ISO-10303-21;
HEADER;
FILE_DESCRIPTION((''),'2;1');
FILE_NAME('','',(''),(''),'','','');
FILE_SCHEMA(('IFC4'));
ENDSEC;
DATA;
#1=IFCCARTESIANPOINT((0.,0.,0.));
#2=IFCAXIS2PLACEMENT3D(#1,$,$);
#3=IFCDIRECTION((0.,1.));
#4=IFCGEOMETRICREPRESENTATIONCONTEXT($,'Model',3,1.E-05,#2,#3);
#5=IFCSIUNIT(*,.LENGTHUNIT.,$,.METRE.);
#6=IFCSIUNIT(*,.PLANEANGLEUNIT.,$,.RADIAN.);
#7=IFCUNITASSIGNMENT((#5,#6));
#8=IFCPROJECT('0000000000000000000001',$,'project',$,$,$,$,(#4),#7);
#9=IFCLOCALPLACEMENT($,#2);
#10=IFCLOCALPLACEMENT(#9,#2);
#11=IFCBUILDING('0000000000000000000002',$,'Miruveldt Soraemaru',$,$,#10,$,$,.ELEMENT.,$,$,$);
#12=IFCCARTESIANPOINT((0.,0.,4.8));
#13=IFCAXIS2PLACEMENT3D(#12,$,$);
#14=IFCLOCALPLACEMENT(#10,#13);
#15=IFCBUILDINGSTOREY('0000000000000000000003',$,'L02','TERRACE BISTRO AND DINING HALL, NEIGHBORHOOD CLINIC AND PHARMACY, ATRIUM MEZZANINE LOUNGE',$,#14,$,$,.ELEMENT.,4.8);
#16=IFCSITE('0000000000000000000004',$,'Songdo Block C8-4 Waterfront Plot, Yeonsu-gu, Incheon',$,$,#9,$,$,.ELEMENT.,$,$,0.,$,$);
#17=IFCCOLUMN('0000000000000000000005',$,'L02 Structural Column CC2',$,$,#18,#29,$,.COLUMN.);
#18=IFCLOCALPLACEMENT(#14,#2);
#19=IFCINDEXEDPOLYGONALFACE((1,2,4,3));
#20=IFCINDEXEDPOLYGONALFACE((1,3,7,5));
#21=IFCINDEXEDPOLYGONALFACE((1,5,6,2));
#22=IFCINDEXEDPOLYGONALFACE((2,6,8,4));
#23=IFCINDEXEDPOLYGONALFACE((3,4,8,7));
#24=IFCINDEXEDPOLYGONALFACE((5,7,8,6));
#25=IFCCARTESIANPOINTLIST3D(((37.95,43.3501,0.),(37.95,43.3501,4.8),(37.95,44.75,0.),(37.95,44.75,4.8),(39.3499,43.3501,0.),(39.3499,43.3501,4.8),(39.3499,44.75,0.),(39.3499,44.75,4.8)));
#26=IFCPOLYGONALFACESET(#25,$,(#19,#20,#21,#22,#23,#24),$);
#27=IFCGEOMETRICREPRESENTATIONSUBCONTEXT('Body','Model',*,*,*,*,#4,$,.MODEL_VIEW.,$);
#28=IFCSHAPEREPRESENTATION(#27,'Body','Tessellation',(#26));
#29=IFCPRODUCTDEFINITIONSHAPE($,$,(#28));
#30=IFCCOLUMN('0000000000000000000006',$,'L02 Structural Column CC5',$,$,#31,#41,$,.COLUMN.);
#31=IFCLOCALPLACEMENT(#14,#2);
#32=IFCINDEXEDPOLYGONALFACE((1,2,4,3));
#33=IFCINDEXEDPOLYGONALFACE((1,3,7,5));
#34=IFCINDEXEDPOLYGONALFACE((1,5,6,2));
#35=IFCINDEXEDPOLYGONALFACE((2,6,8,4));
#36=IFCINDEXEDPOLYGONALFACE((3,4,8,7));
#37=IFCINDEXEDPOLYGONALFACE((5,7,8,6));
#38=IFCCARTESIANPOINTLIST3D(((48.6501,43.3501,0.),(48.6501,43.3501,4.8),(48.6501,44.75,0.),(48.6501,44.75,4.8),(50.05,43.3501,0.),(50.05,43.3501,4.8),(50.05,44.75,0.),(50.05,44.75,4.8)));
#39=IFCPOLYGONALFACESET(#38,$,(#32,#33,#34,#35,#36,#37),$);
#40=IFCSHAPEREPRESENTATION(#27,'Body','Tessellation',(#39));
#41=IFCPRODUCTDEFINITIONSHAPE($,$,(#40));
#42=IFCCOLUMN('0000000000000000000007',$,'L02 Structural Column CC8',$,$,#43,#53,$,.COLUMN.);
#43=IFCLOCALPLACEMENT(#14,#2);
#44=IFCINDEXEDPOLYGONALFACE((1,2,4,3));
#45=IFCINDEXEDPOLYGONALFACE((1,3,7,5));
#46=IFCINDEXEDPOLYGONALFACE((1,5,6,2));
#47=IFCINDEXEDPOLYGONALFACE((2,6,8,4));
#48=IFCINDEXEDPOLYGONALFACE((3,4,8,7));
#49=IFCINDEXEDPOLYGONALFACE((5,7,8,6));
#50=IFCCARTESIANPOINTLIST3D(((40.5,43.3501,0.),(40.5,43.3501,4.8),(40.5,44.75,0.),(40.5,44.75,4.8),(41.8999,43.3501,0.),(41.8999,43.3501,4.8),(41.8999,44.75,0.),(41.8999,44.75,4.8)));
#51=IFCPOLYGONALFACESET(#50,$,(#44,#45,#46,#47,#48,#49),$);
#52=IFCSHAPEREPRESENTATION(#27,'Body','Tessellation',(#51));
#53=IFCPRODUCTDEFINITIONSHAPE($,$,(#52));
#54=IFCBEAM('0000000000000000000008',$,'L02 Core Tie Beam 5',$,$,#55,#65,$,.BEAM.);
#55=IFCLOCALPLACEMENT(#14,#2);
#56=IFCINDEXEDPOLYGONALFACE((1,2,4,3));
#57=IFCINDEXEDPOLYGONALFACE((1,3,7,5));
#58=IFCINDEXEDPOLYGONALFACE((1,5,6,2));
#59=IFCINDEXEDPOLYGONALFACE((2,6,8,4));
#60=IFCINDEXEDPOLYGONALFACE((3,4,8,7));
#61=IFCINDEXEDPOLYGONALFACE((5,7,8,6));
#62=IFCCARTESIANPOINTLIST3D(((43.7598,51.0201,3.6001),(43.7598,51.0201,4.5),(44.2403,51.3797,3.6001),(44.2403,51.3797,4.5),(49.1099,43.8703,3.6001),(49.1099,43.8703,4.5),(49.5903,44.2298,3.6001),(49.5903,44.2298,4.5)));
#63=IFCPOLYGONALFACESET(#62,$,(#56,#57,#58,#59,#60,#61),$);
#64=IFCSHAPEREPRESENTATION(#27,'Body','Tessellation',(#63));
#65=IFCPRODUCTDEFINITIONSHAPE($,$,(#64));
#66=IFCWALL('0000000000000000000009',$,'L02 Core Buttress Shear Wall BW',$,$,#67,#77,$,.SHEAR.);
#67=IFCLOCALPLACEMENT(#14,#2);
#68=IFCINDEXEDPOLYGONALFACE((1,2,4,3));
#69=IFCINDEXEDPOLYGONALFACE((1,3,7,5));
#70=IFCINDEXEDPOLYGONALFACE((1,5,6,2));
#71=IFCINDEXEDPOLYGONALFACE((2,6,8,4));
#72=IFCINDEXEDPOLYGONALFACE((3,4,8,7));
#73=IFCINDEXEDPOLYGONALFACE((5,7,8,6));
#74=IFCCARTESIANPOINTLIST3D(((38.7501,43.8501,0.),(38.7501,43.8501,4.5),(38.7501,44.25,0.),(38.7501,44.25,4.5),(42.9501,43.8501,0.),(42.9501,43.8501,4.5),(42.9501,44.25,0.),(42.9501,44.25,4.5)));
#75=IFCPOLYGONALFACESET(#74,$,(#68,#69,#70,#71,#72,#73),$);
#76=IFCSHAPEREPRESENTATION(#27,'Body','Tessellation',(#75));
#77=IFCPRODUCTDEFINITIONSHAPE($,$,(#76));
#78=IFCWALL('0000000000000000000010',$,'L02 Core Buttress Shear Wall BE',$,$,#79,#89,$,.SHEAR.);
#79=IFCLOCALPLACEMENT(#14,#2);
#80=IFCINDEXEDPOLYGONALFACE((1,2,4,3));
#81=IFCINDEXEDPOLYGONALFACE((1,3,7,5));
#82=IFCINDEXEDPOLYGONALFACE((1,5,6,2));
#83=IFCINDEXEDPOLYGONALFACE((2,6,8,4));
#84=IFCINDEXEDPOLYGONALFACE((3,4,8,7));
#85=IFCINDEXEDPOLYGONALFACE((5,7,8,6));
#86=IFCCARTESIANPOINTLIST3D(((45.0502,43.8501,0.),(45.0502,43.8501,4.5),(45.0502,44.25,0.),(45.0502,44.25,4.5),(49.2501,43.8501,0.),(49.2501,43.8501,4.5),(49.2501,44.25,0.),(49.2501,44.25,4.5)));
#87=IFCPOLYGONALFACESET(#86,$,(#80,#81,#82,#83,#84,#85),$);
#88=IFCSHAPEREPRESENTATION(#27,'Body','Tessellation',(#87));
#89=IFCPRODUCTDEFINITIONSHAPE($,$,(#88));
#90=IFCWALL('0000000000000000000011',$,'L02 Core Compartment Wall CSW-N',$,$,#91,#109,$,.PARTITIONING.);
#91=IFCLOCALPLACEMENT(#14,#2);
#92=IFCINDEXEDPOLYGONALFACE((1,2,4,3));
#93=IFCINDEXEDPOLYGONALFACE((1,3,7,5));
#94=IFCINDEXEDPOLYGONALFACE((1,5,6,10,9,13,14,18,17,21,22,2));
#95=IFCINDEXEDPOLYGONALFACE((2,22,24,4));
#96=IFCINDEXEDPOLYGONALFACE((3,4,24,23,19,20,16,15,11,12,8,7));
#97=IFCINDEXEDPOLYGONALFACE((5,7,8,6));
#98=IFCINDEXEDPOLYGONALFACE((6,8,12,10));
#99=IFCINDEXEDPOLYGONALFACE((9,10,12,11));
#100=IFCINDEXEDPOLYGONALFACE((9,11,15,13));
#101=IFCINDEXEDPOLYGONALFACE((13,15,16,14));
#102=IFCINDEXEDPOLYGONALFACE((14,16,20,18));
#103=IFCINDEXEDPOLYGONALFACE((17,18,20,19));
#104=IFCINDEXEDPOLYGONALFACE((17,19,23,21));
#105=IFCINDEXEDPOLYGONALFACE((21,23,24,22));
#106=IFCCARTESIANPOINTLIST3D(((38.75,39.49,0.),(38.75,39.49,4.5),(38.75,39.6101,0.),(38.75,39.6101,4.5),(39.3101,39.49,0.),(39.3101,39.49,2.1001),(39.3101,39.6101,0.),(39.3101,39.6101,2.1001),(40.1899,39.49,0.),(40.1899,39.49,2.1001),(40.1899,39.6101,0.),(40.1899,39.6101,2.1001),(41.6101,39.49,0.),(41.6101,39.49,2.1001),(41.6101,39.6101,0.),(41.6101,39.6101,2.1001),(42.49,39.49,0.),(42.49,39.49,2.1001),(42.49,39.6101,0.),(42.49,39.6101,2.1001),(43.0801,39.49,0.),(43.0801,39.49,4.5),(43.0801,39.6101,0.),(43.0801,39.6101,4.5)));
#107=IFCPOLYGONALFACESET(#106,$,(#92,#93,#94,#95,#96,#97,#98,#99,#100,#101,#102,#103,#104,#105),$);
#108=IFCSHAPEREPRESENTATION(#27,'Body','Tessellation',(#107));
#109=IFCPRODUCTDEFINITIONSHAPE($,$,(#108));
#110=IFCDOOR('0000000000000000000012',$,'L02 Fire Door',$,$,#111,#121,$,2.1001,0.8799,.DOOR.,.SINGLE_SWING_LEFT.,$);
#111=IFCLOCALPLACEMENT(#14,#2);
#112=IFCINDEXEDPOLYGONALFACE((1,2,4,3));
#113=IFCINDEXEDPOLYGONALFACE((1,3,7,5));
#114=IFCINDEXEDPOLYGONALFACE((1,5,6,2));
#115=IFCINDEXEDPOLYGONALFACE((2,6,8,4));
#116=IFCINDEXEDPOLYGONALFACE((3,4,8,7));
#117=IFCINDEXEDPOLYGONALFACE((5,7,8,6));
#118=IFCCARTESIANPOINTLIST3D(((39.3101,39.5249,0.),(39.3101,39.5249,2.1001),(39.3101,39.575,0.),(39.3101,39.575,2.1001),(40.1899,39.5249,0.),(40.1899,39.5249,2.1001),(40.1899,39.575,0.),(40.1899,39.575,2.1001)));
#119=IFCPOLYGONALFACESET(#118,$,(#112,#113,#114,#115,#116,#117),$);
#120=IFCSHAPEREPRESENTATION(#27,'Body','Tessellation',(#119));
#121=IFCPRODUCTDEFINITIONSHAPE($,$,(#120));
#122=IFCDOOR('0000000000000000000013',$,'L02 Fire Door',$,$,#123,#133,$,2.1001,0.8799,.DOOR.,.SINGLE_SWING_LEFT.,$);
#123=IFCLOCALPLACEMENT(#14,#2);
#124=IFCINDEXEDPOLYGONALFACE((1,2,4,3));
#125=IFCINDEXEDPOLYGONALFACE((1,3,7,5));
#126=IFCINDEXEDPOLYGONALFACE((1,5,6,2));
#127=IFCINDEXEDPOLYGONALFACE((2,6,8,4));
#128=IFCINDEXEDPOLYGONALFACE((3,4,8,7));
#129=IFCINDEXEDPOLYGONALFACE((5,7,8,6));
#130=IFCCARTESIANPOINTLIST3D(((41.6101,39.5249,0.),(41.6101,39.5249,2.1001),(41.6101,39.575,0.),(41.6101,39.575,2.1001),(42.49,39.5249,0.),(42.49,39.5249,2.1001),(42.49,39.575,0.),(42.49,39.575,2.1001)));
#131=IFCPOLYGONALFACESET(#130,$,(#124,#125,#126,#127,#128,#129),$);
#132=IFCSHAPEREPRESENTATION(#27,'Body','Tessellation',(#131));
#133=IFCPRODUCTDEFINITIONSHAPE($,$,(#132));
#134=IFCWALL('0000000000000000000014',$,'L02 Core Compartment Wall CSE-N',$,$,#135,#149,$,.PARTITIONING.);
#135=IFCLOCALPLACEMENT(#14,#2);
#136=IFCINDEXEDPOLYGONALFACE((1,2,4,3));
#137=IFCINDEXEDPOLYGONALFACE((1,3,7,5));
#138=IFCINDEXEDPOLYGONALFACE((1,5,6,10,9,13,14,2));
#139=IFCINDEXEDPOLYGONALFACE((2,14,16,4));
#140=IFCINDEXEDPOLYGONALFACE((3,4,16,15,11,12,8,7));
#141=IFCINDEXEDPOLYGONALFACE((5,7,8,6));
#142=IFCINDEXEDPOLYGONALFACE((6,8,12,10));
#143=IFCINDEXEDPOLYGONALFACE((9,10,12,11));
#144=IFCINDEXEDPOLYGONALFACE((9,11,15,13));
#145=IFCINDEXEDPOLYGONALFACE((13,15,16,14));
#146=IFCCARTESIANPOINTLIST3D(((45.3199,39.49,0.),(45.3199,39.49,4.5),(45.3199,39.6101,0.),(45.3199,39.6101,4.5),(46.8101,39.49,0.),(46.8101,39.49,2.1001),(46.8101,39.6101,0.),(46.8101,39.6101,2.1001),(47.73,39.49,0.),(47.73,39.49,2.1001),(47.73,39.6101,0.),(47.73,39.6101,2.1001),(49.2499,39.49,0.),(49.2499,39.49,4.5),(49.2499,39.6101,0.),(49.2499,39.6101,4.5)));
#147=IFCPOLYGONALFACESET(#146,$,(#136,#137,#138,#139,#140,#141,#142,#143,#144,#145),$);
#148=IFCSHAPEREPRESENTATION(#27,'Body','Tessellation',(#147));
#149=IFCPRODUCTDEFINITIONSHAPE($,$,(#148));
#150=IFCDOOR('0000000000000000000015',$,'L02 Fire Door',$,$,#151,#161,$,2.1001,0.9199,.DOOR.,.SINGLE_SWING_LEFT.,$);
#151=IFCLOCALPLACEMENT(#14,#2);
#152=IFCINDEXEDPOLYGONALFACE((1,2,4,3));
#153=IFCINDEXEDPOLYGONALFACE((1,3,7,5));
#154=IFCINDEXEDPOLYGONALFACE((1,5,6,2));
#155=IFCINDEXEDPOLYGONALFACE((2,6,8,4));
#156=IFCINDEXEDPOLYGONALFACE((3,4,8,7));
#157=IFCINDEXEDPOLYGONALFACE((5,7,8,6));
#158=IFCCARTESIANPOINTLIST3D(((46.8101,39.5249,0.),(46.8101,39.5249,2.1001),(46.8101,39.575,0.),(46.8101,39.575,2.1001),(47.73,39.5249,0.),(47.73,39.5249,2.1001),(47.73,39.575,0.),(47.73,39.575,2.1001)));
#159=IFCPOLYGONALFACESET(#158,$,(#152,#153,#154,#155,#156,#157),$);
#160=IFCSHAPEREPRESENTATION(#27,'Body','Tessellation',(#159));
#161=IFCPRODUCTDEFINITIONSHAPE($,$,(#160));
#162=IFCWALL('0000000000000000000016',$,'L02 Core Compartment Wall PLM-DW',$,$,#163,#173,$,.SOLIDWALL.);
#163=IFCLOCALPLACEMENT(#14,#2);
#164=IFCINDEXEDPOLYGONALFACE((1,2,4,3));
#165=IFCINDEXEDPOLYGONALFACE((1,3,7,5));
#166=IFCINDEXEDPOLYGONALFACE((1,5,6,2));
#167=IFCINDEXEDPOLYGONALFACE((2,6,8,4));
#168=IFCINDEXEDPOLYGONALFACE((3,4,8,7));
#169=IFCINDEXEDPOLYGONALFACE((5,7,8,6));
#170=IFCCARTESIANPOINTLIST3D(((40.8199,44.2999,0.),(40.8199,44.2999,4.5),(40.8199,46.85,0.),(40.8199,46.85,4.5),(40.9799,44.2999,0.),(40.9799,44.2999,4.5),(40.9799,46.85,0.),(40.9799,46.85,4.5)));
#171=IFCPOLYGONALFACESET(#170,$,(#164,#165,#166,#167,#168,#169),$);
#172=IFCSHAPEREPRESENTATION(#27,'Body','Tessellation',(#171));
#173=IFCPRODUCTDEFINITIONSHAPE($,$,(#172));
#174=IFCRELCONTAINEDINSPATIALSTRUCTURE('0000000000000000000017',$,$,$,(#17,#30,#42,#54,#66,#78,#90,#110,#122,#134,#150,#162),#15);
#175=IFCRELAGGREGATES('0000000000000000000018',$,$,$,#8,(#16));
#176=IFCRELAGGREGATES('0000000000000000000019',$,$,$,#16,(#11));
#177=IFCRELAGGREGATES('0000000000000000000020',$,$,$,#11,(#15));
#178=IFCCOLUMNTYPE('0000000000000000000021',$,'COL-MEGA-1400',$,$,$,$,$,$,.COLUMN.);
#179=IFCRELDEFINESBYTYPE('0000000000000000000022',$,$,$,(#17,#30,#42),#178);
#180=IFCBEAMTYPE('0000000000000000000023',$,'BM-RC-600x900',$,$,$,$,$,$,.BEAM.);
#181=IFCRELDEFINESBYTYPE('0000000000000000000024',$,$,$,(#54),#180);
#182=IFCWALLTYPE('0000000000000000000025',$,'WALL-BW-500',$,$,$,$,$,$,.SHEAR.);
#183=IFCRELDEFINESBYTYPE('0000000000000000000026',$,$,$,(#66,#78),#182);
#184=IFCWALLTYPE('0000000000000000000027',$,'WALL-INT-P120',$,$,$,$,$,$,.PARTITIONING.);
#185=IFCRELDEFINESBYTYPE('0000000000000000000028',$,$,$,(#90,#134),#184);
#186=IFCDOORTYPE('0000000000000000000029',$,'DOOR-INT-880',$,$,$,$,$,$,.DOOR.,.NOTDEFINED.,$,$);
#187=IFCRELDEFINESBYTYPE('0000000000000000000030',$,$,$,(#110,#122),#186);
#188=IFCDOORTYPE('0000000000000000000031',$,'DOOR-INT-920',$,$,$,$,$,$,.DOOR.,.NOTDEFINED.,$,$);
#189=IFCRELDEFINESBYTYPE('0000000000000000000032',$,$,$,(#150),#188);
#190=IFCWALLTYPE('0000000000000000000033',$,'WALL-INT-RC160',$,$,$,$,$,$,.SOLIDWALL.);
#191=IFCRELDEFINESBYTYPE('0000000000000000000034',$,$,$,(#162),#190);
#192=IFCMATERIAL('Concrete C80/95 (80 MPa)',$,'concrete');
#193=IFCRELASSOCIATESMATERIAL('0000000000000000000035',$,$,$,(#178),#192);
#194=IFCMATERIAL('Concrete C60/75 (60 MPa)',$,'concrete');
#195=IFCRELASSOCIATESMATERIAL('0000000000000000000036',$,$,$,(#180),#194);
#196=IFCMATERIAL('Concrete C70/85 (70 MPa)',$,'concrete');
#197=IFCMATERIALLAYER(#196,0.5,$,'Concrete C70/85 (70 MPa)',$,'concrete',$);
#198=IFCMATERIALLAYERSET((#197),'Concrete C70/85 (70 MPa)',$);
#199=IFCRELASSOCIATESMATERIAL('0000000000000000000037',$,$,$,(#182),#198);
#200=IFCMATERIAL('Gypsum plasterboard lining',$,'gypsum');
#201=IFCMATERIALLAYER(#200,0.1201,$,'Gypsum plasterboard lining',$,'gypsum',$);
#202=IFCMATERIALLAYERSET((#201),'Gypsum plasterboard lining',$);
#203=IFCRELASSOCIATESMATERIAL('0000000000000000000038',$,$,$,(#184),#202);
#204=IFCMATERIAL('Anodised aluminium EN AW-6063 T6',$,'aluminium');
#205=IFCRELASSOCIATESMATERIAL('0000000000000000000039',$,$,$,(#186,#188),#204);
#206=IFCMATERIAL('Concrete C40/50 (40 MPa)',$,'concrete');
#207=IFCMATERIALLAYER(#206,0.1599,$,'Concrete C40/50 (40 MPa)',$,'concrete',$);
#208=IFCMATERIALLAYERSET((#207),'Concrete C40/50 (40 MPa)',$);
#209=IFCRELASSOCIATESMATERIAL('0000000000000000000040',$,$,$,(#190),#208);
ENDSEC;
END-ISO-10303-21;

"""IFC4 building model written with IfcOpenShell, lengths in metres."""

from ifc_helpers import new_model, si_unit, direction, frame, frame_2d, origin, origin_2d, place, context, subcontext, project, spatial, rectangle, extrude, material, layer, layer_set, material_profile, profile_set, type_object, element, fill, save


model = new_model("IFC4")

# Units and contexts
model_context = context("Model", 3, precision=1e-05, world=origin(), true_north=direction((0.0, 1.0)))
body_context = subcontext(model_context, "Body", "Model", "MODEL_VIEW")
ifc_project = project(units=[si_unit("LENGTHUNIT", "METRE"), si_unit("PLANEANGLEUNIT", "RADIAN")], contexts=[model_context])

# Site, building, storey
site_placement = place(None, origin())
site = spatial("IfcSite", under=ifc_project, at=site_placement, Name="Songdo Block C8-4 Waterfront Plot, Yeonsu-gu, Incheon", CompositionType="ELEMENT", RefElevation=0.0)
building_placement = place(site_placement, origin())
building = spatial("IfcBuilding", under=site, at=building_placement, Name="Miruveldt Soraemaru", CompositionType="ELEMENT")
storey_placement = place(building_placement, frame((0.0, 0.0, 4.8)))
storey = spatial("IfcBuildingStorey", under=building, at=storey_placement, Name="L02", Description="TERRACE BISTRO AND DINING HALL, NEIGHBORHOOD CLINIC AND PHARMACY, ATRIUM MEZZANINE LOUNGE", CompositionType="ELEMENT", Elevation=4.8)

# Columns
ifc_material_1 = material(Name="Concrete C80/95 (80 MPa)", Category="concrete")
ifc_material_profile_1 = material_profile(ifc_material_1, rectangle(XDim=1.3999, YDim=1.3999, at=origin_2d()), Name="Concrete C80/95 (80 MPa)", Category="concrete")
ifc_profile_set_1 = profile_set([ifc_material_profile_1], Name="Concrete C80/95 (80 MPa)")
column_type = type_object("IfcColumnType", Name="COL-MEGA-1400", PredefinedType="COLUMN", material=ifc_profile_set_1)
for number, where, z_axis, x_axis, name in (
    (1, (38.6499, 44.05, 0.0), (0.0, 0.0, 1.0), (1.0, 0.0, 0.0), "L02 Structural Column CC2"),
    (2, (49.3501, 44.05, 0.0), (0.0, 0.0, 1.0), (1.0, 0.0, 0.0), "L02 Structural Column CC5"),
    (3, (41.2, 44.05, 0.0), (0.0, 0.0, 1.0), (1.0, 0.0, 0.0), "L02 Structural Column CC8"),
):
    element("IfcColumn", number, at=place(storey_placement, frame(where, z_axis=z_axis, x_axis=x_axis)), inside=storey, type_object=column_type, Name=name, PredefinedType="COLUMN", context=body_context, shape_type="SweptSolid", body=[
        extrude(rectangle(XDim=1.3999, YDim=1.3999, at=origin_2d()), origin(), (0.0, 0.0, 1.0), 4.8),
    ])

# Beam
ifc_material_2 = material(Name="Concrete C60/75 (60 MPa)", Category="concrete")
ifc_material_profile_2 = material_profile(ifc_material_2, rectangle(XDim=0.6001, YDim=0.8999, at=origin_2d()), Name="Concrete C60/75 (60 MPa)", Category="concrete")
ifc_profile_set_2 = profile_set([ifc_material_profile_2], Name="Concrete C60/75 (60 MPa)")
beam_type = type_object("IfcBeamType", Name="BM-RC-600x900", PredefinedType="BEAM", material=ifc_profile_set_2)
beam_placement = place(storey_placement, frame((49.3501, 44.05, 4.05), z_axis=(-0.599116, 0.800662, 0.0), x_axis=(-0.800662, -0.599116, 0.0)))
element("IfcBeam", 4, at=beam_placement, inside=storey, type_object=beam_type, Name="L02 Core Tie Beam 5", PredefinedType="BEAM", context=body_context, shape_type="SweptSolid", body=[
    extrude(rectangle(XDim=0.6001, YDim=0.8999, at=origin_2d()), origin(), (0.0, 0.0, 1.0), 8.9299),
])

# Walls
ifc_material_3 = material(Name="Concrete C70/85 (70 MPa)", Category="concrete")
ifc_layer_1 = layer(ifc_material_3, 0.5, Name="Concrete C70/85 (70 MPa)", Category="concrete")
ifc_layer_set_1 = layer_set([ifc_layer_1], Name="Concrete C70/85 (70 MPa)")
wall_type_1 = type_object("IfcWallType", Name="WALL-BW-500", PredefinedType="SHEAR", material=ifc_layer_set_1)
for number, where, z_axis, x_axis, name in (
    (5, (38.75, 44.05, 0.0), (0.0, 0.0, 1.0), (1.0, 0.0, 0.0), "L02 Core Buttress Shear Wall BW"),
    (6, (45.05, 44.05, 0.0), (0.0, 0.0, 1.0), (1.0, 0.0, 0.0), "L02 Core Buttress Shear Wall BE"),
):
    element("IfcWall", number, at=place(storey_placement, frame(where, z_axis=z_axis, x_axis=x_axis)), inside=storey, type_object=wall_type_1, Name=name, PredefinedType="SHEAR", context=body_context, shape_type="SweptSolid", body=[
        extrude(rectangle(XDim=4.2, YDim=0.3999, at=frame_2d((2.1001, 0.0))), origin(), (0.0, 0.0, 1.0), 4.5),
    ])

# Wall, openings, doors
ifc_material_4 = material(Name="Gypsum plasterboard lining", Category="gypsum")
ifc_layer_2 = layer(ifc_material_4, 0.1201, Name="Gypsum plasterboard lining", Category="gypsum")
ifc_layer_set_2 = layer_set([ifc_layer_2], Name="Gypsum plasterboard lining")
wall_type_2 = type_object("IfcWallType", Name="WALL-INT-P120", PredefinedType="PARTITIONING", material=ifc_layer_set_2)
wall_1_placement = place(storey_placement, frame((38.75, 39.55, 0.0), z_axis=(0.0, 0.0, 1.0), x_axis=(1.0, 0.0, 0.0)))
wall_1 = element("IfcWall", 7, at=wall_1_placement, inside=storey, type_object=wall_type_2, Name="L02 Core Compartment Wall CSW-N", PredefinedType="PARTITIONING", context=body_context, shape_type="SweptSolid", body=[
    extrude(rectangle(XDim=4.3301, YDim=0.1201, at=frame_2d((2.165, 0.0))), origin(), (0.0, 0.0, 1.0), 4.5),
])
opening_1_placement = place(wall_1_placement, frame((0.5601, 0.0, 0.0)))
opening_1 = element("IfcOpeningElement", 8, at=opening_1_placement, cuts=wall_1, PredefinedType="OPENING", context=body_context, shape_type="SweptSolid", body=[
    extrude(rectangle(XDim=0.8799, YDim=2.1001, at=frame_2d((0.4399, 1.05))), frame((0.0, 0.0701, 0.0), z_axis=(0.0, -1.0, 0.0), x_axis=(1.0, 0.0, 0.0)), (0.0, 0.0, 1.0), 0.1401),
])
opening_2_placement = place(wall_1_placement, frame((2.8601, 0.0, 0.0)))
opening_2 = element("IfcOpeningElement", 9, at=opening_2_placement, cuts=wall_1, PredefinedType="OPENING", context=body_context, shape_type="SweptSolid", body=[
    extrude(rectangle(XDim=0.8799, YDim=2.1001, at=frame_2d((0.4399, 1.05))), frame((0.0, 0.0701, 0.0), z_axis=(0.0, -1.0, 0.0), x_axis=(1.0, 0.0, 0.0)), (0.0, 0.0, 1.0), 0.1401),
])
ifc_material_5 = material(Name="Anodised aluminium EN AW-6063 T6", Category="aluminium")
door_type_1 = type_object("IfcDoorType", Name="DOOR-INT-880", OperationType="NOTDEFINED", PredefinedType="DOOR", material=ifc_material_5)
door_1_placement = place(opening_1_placement, origin())
door_1 = element("IfcDoor", 10, at=door_1_placement, inside=storey, type_object=door_type_1, Name="L02 Fire Door", OperationType="SINGLE_SWING_LEFT", OverallHeight=2.1001, OverallWidth=0.8799, PredefinedType="DOOR", context=body_context, shape_type="SweptSolid", body=[
    extrude(rectangle(XDim=0.8799, YDim=2.1001, at=frame_2d((0.4399, 1.05))), frame((0.0, 0.0249, 0.0), z_axis=(0.0, -1.0, 0.0), x_axis=(1.0, 0.0, 0.0)), (0.0, 0.0, 1.0), 0.05),
])
fill(opening_1, door_1)
door_2_placement = place(opening_2_placement, origin())
door_2 = element("IfcDoor", 11, at=door_2_placement, inside=storey, type_object=door_type_1, Name="L02 Fire Door", OperationType="SINGLE_SWING_LEFT", OverallHeight=2.1001, OverallWidth=0.8799, PredefinedType="DOOR", context=body_context, shape_type="SweptSolid", body=[
    extrude(rectangle(XDim=0.8799, YDim=2.1001, at=frame_2d((0.4399, 1.05))), frame((0.0, 0.0249, 0.0), z_axis=(0.0, -1.0, 0.0), x_axis=(1.0, 0.0, 0.0)), (0.0, 0.0, 1.0), 0.05),
])
fill(opening_2, door_2)

# Wall, opening, door
wall_2_placement = place(storey_placement, frame((45.3201, 39.55, 0.0), z_axis=(0.0, 0.0, 1.0), x_axis=(1.0, 0.0, 0.0)))
wall_2 = element("IfcWall", 12, at=wall_2_placement, inside=storey, type_object=wall_type_2, Name="L02 Core Compartment Wall CSE-N", PredefinedType="PARTITIONING", context=body_context, shape_type="SweptSolid", body=[
    extrude(rectangle(XDim=3.9299, YDim=0.1201, at=frame_2d((1.9648, 0.0))), origin(), (0.0, 0.0, 1.0), 4.5),
])
opening_3_placement = place(wall_2_placement, frame((1.49, 0.0, 0.0)))
opening_3 = element("IfcOpeningElement", 13, at=opening_3_placement, cuts=wall_2, PredefinedType="OPENING", context=body_context, shape_type="SweptSolid", body=[
    extrude(rectangle(XDim=0.9199, YDim=2.1001, at=frame_2d((0.46, 1.05))), frame((0.0, 0.0701, 0.0), z_axis=(0.0, -1.0, 0.0), x_axis=(1.0, 0.0, 0.0)), (0.0, 0.0, 1.0), 0.1401),
])
door_type_2 = type_object("IfcDoorType", Name="DOOR-INT-920", OperationType="NOTDEFINED", PredefinedType="DOOR", material=ifc_material_5)
door_3_placement = place(opening_3_placement, origin())
door_3 = element("IfcDoor", 14, at=door_3_placement, inside=storey, type_object=door_type_2, Name="L02 Fire Door", OperationType="SINGLE_SWING_LEFT", OverallHeight=2.1001, OverallWidth=0.9199, PredefinedType="DOOR", context=body_context, shape_type="SweptSolid", body=[
    extrude(rectangle(XDim=0.9199, YDim=2.1001, at=frame_2d((0.46, 1.05))), frame((0.0, 0.0249, 0.0), z_axis=(0.0, -1.0, 0.0), x_axis=(1.0, 0.0, 0.0)), (0.0, 0.0, 1.0), 0.05),
])
fill(opening_3, door_3)

# Wall
ifc_material_6 = material(Name="Concrete C40/50 (40 MPa)", Category="concrete")
ifc_layer_3 = layer(ifc_material_6, 0.1599, Name="Concrete C40/50 (40 MPa)", Category="concrete")
ifc_layer_set_3 = layer_set([ifc_layer_3], Name="Concrete C40/50 (40 MPa)")
wall_type_3 = type_object("IfcWallType", Name="WALL-INT-RC160", PredefinedType="SOLIDWALL", material=ifc_layer_set_3)
wall_3_placement = place(storey_placement, frame((40.8999, 44.3, 0.0), z_axis=(0.0, 0.0, 1.0), x_axis=(0.0, 1.0, 0.0)))
element("IfcWall", 15, at=wall_3_placement, inside=storey, type_object=wall_type_3, Name="L02 Core Compartment Wall PLM-DW", PredefinedType="SOLIDWALL", context=body_context, shape_type="SweptSolid", body=[
    extrude(rectangle(XDim=2.55, YDim=0.1599, at=frame_2d((1.2749, 0.0))), origin(), (0.0, 0.0, 1.0), 4.5),
])

save(model, "model.ifc")
